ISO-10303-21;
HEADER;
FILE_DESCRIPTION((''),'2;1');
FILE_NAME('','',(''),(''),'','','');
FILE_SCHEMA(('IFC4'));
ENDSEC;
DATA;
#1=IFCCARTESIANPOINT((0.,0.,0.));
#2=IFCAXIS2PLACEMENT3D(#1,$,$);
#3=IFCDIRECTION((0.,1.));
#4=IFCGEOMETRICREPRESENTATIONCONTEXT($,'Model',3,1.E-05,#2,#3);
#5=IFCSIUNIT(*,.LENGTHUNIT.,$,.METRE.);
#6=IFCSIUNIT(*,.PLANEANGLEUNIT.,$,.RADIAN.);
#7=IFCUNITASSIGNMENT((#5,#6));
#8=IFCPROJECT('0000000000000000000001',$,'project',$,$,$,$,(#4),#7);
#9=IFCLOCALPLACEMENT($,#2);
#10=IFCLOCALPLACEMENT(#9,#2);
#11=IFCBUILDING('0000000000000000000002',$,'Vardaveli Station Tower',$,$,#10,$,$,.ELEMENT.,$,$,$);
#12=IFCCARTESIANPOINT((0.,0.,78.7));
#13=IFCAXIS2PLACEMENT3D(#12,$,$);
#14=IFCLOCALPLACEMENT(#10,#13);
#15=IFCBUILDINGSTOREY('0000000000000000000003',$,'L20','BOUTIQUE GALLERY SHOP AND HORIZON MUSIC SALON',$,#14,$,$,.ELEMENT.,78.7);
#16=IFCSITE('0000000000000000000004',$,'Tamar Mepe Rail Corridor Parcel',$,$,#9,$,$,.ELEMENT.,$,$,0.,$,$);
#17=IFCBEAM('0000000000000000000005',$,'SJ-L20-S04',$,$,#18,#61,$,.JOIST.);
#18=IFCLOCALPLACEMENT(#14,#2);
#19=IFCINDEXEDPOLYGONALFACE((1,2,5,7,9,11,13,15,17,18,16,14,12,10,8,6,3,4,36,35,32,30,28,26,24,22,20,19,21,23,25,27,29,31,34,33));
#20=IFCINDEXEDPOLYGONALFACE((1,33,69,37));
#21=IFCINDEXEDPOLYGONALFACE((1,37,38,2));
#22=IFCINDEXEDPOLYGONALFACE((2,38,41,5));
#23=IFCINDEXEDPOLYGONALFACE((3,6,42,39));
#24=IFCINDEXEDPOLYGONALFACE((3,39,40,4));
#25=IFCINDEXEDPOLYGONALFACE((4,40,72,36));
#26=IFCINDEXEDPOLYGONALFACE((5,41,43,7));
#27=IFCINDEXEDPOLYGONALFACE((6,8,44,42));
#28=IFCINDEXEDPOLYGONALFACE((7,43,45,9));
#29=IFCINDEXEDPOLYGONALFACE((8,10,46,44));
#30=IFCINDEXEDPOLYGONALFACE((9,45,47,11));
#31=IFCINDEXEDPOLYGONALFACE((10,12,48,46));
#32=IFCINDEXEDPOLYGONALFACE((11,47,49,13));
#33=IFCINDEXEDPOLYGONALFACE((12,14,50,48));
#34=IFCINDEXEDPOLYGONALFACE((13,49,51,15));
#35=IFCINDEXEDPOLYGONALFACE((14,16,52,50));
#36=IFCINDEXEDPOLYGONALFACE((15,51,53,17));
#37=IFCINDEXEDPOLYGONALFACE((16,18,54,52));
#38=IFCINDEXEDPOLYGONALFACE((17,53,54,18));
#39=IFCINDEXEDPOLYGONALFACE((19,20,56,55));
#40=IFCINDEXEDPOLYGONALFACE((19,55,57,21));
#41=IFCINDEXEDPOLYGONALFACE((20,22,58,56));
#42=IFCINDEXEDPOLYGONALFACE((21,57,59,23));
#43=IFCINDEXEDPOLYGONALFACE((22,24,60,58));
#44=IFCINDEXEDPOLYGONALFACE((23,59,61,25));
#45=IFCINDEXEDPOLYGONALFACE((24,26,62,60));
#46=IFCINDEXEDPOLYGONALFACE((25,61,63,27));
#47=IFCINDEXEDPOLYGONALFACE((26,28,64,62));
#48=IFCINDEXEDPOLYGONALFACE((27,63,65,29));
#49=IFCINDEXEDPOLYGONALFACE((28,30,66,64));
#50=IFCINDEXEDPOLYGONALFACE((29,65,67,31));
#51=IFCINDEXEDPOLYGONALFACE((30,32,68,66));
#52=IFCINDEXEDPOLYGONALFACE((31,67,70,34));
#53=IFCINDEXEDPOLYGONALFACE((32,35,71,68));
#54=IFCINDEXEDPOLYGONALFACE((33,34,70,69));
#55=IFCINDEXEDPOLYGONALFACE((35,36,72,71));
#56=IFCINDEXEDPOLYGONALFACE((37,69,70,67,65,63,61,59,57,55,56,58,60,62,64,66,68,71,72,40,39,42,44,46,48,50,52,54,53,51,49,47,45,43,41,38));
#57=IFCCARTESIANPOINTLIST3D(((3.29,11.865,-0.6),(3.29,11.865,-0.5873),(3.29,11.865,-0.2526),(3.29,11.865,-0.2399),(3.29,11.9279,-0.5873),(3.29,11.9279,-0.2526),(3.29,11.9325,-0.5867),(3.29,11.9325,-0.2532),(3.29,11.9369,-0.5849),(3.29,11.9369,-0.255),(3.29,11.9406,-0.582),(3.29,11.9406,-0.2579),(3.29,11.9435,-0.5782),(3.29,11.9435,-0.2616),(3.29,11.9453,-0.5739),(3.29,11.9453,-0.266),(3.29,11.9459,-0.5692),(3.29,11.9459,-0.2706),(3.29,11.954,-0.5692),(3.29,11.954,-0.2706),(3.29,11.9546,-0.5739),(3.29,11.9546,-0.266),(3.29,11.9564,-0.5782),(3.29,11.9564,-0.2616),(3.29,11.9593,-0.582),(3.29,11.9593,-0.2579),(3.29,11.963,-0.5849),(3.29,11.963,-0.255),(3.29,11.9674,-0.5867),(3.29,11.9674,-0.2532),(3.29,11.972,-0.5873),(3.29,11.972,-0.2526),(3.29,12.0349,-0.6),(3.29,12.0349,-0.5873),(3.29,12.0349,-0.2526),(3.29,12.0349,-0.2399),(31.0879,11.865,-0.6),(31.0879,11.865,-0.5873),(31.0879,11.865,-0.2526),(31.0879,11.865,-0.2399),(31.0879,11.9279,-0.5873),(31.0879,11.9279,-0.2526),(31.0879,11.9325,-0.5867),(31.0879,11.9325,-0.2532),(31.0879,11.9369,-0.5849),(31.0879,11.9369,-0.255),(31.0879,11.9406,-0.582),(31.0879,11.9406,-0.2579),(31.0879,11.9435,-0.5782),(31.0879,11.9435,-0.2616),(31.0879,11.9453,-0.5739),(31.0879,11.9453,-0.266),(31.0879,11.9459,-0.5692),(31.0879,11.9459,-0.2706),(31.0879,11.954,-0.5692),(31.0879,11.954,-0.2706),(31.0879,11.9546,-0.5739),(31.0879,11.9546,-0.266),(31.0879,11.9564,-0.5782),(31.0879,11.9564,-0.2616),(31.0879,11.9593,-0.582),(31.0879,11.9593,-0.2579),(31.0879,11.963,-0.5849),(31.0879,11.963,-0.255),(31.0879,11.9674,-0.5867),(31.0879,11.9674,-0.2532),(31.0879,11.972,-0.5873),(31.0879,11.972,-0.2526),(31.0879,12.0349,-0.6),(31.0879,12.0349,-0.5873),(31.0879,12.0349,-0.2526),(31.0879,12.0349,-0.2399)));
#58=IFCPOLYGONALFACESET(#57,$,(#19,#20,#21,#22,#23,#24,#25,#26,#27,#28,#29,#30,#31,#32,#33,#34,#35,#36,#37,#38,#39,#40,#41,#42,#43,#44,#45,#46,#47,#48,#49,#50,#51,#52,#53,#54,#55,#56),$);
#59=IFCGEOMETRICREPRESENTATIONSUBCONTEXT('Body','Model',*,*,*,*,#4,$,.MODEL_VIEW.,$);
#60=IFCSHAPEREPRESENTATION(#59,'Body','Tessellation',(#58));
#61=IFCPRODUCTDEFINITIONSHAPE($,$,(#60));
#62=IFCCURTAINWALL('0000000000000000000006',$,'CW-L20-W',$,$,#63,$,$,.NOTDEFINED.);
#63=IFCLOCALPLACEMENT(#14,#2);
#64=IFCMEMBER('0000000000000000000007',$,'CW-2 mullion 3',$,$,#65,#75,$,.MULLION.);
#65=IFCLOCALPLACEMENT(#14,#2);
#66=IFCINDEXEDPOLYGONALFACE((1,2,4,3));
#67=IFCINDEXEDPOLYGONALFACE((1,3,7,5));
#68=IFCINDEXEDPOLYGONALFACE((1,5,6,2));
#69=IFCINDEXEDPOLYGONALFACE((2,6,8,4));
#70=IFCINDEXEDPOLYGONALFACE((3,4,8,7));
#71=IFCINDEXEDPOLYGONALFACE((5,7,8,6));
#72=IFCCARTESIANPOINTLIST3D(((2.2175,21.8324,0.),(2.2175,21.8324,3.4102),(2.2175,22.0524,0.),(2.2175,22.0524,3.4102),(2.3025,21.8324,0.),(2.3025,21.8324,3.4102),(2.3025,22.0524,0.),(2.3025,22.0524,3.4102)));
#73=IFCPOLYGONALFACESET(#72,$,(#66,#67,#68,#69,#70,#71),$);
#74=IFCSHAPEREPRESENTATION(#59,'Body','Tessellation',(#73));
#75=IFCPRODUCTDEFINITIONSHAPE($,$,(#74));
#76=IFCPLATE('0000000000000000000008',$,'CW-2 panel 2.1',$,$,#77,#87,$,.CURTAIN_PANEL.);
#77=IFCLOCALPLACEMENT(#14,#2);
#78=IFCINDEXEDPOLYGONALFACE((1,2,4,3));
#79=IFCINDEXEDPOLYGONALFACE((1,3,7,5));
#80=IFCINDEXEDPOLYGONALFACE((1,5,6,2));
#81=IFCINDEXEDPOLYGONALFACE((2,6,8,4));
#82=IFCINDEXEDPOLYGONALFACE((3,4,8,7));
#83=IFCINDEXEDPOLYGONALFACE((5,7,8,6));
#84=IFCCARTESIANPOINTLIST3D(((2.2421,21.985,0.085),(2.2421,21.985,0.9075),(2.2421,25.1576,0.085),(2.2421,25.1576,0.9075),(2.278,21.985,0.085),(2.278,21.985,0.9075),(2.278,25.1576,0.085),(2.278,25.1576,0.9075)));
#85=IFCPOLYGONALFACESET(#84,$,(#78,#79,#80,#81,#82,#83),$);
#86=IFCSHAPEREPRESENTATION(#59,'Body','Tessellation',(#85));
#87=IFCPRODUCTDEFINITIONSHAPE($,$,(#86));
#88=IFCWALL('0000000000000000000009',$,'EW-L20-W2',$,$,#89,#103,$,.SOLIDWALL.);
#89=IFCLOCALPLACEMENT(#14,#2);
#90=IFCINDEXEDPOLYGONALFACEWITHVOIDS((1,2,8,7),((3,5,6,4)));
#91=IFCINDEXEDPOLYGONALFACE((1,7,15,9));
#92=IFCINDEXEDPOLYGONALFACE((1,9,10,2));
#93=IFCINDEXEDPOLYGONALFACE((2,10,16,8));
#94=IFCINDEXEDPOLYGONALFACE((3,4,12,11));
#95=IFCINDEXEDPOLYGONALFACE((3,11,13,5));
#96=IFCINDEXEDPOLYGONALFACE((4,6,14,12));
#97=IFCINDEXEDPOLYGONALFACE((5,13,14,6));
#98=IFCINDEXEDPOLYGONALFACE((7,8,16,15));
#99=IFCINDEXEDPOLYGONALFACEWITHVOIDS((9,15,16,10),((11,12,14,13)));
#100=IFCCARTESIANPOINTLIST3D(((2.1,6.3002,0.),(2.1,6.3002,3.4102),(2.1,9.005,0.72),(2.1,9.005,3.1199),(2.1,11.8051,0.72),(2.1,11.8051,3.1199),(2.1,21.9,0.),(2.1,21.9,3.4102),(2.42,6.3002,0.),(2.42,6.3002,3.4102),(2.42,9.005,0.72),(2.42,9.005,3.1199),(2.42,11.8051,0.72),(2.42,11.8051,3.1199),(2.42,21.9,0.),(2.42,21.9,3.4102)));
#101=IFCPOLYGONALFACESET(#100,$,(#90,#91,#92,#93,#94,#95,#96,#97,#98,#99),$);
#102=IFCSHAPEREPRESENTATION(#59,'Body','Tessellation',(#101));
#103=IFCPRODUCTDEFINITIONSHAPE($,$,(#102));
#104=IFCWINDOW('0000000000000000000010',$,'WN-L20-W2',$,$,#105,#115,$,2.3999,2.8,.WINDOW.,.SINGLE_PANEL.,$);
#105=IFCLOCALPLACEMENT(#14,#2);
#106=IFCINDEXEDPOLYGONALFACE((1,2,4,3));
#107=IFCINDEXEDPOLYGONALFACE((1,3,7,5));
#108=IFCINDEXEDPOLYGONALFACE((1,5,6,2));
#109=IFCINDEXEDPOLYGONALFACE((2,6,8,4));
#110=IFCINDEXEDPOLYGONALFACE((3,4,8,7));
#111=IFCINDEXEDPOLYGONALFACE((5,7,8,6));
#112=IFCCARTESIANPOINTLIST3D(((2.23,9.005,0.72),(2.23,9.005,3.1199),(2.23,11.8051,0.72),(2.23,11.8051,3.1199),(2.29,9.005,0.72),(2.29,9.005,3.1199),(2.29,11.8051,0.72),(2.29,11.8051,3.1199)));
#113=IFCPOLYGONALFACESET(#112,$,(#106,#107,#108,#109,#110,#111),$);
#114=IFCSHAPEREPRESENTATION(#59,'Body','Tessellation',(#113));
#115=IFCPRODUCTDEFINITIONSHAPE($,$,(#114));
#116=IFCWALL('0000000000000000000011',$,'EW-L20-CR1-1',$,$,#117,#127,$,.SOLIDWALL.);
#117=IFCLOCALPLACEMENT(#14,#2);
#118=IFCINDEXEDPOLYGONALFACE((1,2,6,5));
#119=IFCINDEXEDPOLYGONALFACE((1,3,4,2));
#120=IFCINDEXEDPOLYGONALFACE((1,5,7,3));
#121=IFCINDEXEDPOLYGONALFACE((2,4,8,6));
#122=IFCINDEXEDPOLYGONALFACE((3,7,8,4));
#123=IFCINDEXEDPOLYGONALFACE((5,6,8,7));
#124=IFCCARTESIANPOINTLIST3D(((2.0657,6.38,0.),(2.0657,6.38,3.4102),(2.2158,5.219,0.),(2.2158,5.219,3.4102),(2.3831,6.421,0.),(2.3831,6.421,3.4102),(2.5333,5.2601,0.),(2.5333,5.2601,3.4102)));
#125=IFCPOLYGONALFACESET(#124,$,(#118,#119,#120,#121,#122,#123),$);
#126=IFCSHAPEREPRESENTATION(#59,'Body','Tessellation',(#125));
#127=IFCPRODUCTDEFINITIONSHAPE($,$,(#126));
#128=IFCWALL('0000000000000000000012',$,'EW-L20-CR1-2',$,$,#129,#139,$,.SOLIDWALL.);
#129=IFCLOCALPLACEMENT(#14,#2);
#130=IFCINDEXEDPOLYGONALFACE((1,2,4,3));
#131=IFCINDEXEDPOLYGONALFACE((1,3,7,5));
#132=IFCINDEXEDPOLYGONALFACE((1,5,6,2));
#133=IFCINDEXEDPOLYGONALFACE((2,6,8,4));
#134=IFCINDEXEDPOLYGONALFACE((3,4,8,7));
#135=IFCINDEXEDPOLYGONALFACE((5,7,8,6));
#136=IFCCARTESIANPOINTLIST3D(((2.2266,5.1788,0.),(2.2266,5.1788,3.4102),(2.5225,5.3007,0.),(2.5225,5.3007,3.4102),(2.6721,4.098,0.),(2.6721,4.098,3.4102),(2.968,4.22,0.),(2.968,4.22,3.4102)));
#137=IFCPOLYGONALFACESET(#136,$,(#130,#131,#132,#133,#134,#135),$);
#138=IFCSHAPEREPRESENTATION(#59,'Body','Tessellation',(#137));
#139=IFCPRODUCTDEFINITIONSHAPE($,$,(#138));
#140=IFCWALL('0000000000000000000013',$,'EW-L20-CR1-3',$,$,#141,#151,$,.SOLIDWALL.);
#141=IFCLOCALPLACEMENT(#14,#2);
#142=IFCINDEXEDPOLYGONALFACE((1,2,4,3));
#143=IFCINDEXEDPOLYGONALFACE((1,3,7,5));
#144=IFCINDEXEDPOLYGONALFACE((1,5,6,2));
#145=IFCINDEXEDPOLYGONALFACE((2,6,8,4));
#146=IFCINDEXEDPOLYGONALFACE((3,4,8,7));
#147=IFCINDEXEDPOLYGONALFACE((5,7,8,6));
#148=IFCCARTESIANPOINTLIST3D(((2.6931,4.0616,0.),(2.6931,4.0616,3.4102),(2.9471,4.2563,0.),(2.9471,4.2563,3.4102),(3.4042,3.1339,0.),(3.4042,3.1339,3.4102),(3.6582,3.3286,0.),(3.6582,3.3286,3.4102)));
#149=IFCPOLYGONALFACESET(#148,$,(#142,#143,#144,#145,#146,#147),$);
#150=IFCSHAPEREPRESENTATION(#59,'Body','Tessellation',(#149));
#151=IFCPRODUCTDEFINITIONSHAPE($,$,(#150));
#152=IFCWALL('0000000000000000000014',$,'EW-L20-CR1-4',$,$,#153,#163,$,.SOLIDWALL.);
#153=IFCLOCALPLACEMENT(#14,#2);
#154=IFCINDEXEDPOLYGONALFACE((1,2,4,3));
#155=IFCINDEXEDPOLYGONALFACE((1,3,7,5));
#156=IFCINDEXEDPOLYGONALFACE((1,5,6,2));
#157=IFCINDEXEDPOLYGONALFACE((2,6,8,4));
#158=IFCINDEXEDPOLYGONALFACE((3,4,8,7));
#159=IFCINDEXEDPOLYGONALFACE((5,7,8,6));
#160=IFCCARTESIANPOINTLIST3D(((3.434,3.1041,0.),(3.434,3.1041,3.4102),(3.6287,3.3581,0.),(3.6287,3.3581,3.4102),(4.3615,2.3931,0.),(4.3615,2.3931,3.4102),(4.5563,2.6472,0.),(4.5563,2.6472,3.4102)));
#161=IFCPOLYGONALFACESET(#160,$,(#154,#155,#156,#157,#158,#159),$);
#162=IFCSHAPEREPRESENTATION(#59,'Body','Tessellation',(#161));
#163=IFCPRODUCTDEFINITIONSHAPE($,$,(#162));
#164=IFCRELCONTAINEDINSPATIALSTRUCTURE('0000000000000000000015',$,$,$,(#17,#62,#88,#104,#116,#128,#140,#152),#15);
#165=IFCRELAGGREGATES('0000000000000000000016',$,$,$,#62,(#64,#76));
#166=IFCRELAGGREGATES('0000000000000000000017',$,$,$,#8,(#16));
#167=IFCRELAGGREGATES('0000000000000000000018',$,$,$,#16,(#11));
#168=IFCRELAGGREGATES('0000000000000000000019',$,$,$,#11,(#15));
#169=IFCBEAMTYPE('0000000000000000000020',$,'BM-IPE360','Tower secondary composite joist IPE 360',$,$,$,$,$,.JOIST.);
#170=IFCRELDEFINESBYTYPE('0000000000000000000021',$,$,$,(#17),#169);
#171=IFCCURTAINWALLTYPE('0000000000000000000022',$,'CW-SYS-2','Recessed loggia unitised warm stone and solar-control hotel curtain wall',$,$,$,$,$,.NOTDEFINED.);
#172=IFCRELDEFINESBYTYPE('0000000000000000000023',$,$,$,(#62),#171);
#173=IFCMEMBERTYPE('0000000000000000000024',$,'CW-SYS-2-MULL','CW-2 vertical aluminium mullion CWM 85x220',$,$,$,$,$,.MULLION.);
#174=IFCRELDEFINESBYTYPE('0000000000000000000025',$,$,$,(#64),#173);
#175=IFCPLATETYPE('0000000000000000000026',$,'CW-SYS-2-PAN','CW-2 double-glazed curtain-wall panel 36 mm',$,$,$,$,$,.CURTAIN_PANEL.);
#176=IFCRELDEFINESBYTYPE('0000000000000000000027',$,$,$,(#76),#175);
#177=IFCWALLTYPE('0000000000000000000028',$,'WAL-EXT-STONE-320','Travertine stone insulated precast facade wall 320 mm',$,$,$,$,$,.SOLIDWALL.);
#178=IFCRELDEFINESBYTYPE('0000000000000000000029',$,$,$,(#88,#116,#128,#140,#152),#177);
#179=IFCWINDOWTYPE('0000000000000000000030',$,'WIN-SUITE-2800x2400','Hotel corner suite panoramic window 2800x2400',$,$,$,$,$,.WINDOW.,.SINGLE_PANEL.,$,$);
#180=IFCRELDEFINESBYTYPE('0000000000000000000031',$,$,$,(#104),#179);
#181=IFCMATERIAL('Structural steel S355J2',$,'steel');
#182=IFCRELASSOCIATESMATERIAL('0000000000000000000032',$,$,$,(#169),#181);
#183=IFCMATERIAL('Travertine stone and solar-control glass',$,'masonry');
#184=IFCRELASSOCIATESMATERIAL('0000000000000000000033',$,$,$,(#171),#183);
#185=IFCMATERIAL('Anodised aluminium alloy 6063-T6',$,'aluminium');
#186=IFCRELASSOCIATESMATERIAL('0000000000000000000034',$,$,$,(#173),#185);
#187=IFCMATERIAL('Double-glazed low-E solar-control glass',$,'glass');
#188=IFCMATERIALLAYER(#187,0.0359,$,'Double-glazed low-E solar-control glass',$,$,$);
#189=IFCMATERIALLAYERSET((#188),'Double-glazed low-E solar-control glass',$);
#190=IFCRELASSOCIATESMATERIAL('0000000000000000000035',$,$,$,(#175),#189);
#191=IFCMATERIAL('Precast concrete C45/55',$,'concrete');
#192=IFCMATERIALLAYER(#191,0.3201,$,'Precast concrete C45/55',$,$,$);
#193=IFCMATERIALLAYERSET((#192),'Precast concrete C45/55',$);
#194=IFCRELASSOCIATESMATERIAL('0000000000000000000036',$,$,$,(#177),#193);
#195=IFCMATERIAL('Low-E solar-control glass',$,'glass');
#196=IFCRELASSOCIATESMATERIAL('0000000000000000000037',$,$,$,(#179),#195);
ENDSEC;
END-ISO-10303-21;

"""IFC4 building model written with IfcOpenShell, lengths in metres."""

from ifc_helpers import new_model, si_unit, direction, frame, frame_2d, origin, origin_2d, place, context, subcontext, project, spatial, rectangle, i_section, extrude, source, transform, mapped, material, layer, layer_set, material_profile, profile_set, type_object, element, fill, aggregate, save


model = new_model("IFC4")

# Units and contexts
model_context = context("Model", 3, precision=1e-05, world=origin(), true_north=direction((0.0, 1.0)))
body_context = subcontext(model_context, "Body", "Model", "MODEL_VIEW")
ifc_project = project(units=[si_unit("LENGTHUNIT", "METRE"), si_unit("PLANEANGLEUNIT", "RADIAN")], contexts=[model_context])

# Site, building, storey
site_placement = place(None, origin())
site = spatial("IfcSite", under=ifc_project, at=site_placement, Name="Tamar Mepe Rail Corridor Parcel", CompositionType="ELEMENT", RefElevation=0.0)
building_placement = place(site_placement, origin())
building = spatial("IfcBuilding", under=site, at=building_placement, Name="Vardaveli Station Tower", CompositionType="ELEMENT")
storey_placement = place(building_placement, frame((0.0, 0.0, 78.7)))
storey = spatial("IfcBuildingStorey", under=building, at=storey_placement, Name="L20", Description="BOUTIQUE GALLERY SHOP AND HORIZON MUSIC SALON", CompositionType="ELEMENT", Elevation=78.7)

# Beam
ifc_material_1 = material(Name="Precast concrete C45/55", Category="concrete")
ifc_material_2 = material(Name="Structural steel S355J2", Category="steel")
ifc_material_profile_1 = material_profile(ifc_material_2, i_section(OverallWidth=0.1699, OverallDepth=0.3601, WebThickness=0.0081, FlangeThickness=0.0127, FilletRadius=0.0181, at=origin_2d()), Name="IPE 360")
ifc_profile_set_1 = profile_set([ifc_material_profile_1], Name="Structural steel S355J2")
beam_type_1 = type_object("IfcBeamType", Name="BM-IPE360", Description="Tower secondary composite joist IPE 360", PredefinedType="JOIST", material=ifc_profile_set_1)
shared_shape_1 = source(origin(), body_context, "Body", "SweptSolid", [
    extrude(i_section(OverallWidth=0.1699, OverallDepth=0.3601, WebThickness=0.0081, FlangeThickness=0.0127, FilletRadius=0.0181, at=origin_2d()), origin(), (0.0, 0.0, 1.0), 27.7979),
])
for number, where, z_axis, x_axis, name in (
    (1, (3.29, 11.95, -0.4199), (1.0, 0.0, 0.0), (0.0, 1.0, 0.0), "SJ-L20-S04"),
):
    element("IfcBeam", number, at=place(storey_placement, frame(where, z_axis=z_axis, x_axis=x_axis)), inside=storey, type_object=beam_type_1, Name=name, PredefinedType="JOIST", context=body_context, shape_type="MappedRepresentation", body=[
        mapped(shared_shape_1, transform((0.0, 0.0, 0.0), scale=1.0)),
    ])

# Curtain wall, member, plate
ifc_material_3 = material(Name="Travertine stone and solar-control glass", Category="masonry")
curtain_wall_type = type_object("IfcCurtainWallType", Name="CW-SYS-2", Description="Recessed loggia unitised warm stone and solar-control hotel curtain wall", PredefinedType="NOTDEFINED", material=ifc_material_3)
curtain_wall_placement = place(storey_placement, origin())
curtain_wall = element("IfcCurtainWall", 2, at=curtain_wall_placement, inside=storey, type_object=curtain_wall_type, Name="CW-L20-W", PredefinedType="NOTDEFINED")
ifc_material_4 = material(Name="Anodised aluminium alloy 6063-T6", Category="aluminium")
ifc_material_profile_2 = material_profile(ifc_material_4, rectangle(XDim=0.085, YDim=0.22, at=origin_2d()), Name="CWM 85x220")
ifc_profile_set_2 = profile_set([ifc_material_profile_2], Name="Anodised aluminium alloy 6063-T6")
member_type = type_object("IfcMemberType", Name="CW-SYS-2-MULL", Description="CW-2 vertical aluminium mullion CWM 85x220", PredefinedType="MULLION", material=ifc_profile_set_2)
shared_shape_2 = source(origin(), body_context, "Body", "SweptSolid", [
    extrude(rectangle(XDim=0.085, YDim=0.22, at=origin_2d()), origin(), (0.0, 0.0, 1.0), 3.4102),
])
member_placement = place(storey_placement, frame((2.26, 21.9424, 0.0), z_axis=(0.0, 0.0, 1.0), x_axis=(1.0, 0.0, 0.0)))
member = element("IfcMember", 3, at=member_placement, type_object=member_type, Name="CW-2 mullion 3", PredefinedType="MULLION", context=body_context, shape_type="MappedRepresentation", body=[
    mapped(shared_shape_2, transform((0.0, 0.0, 0.0), scale=1.0)),
])
ifc_material_5 = material(Name="Double-glazed low-E solar-control glass", Category="glass")
ifc_layer_1 = layer(ifc_material_5, 0.0359, Name="Double-glazed low-E solar-control glass")
ifc_layer_set_1 = layer_set([ifc_layer_1], Name="Double-glazed low-E solar-control glass")
plate_type = type_object("IfcPlateType", Name="CW-SYS-2-PAN", Description="CW-2 double-glazed curtain-wall panel 36 mm", PredefinedType="CURTAIN_PANEL", material=ifc_layer_set_1)
shared_shape_3 = source(origin(), body_context, "Body", "SweptSolid", [
    extrude(rectangle(XDim=3.1726, YDim=0.0359, at=origin_2d()), origin(), (0.0, 0.0, 1.0), 0.8225),
])
plate_placement = place(storey_placement, frame((2.26, 23.5713, 0.085), z_axis=(0.0, 0.0, 1.0), x_axis=(0.0, -1.0, 0.0)))
plate = element("IfcPlate", 4, at=plate_placement, type_object=plate_type, Name="CW-2 panel 2.1", PredefinedType="CURTAIN_PANEL", context=body_context, shape_type="MappedRepresentation", body=[
    mapped(shared_shape_3, transform((0.0, 0.0, 0.0), scale=1.0)),
])
aggregate(curtain_wall, [member, plate])

# Wall, opening, window
ifc_layer_2 = layer(ifc_material_1, 0.3201, Name="Precast concrete C45/55")
ifc_layer_set_2 = layer_set([ifc_layer_2], Name="Precast concrete C45/55")
wall_type_1 = type_object("IfcWallType", Name="WAL-EXT-STONE-320", Description="Travertine stone insulated precast facade wall 320 mm", PredefinedType="SOLIDWALL", material=ifc_layer_set_2)
shared_shape_4 = source(origin(), body_context, "Body", "SweptSolid", [
    extrude(rectangle(XDim=15.5999, YDim=0.3201, at=frame_2d((7.7998, 0.0))), origin(), (0.0, 0.0, 1.0), 3.4102),
])
wall_1_placement = place(storey_placement, frame((2.26, 21.8999, 0.0), z_axis=(0.0, 0.0, 1.0), x_axis=(0.0, -1.0, 0.0)))
wall_1 = element("IfcWall", 5, at=wall_1_placement, inside=storey, type_object=wall_type_1, Name="EW-L20-W2", PredefinedType="SOLIDWALL", context=body_context, shape_type="MappedRepresentation", body=[
    mapped(shared_shape_4, transform((0.0, 0.0, 0.0), scale=1.0)),
])
shared_shape_5 = source(origin(), body_context, "Body", "SweptSolid", [
    extrude(rectangle(XDim=2.8, YDim=2.3999, at=frame_2d((1.3999, 1.2))), frame((0.0, 0.1699, 0.0), z_axis=(0.0, -1.0, 0.0), x_axis=(1.0, 0.0, 0.0)), (0.0, 0.0, 1.0), 0.3401),
])
opening_1_placement = place(wall_1_placement, frame((10.095, 0.0, 0.72)))
opening_1 = element("IfcOpeningElement", 6, at=opening_1_placement, cuts=wall_1, PredefinedType="OPENING", context=body_context, shape_type="MappedRepresentation", body=[
    mapped(shared_shape_5, transform((0.0, 0.0, 0.0), scale=1.0)),
])
ifc_material_6 = material(Name="Low-E solar-control glass", Category="glass")
window_type = type_object("IfcWindowType", Name="WIN-SUITE-2800x2400", Description="Hotel corner suite panoramic window 2800x2400", PartitioningType="SINGLE_PANEL", PredefinedType="WINDOW", material=ifc_material_6)
shared_shape_6 = source(origin(), body_context, "Body", "SweptSolid", [
    extrude(rectangle(XDim=2.8, YDim=2.3999, at=frame_2d((1.3999, 1.2))), frame((0.0, 0.03, 0.0), z_axis=(0.0, -1.0, 0.0), x_axis=(1.0, 0.0, 0.0)), (0.0, 0.0, 1.0), 0.0601),
])
window_placement = place(opening_1_placement, origin())
window = element("IfcWindow", 7, at=window_placement, inside=storey, type_object=window_type, Name="WN-L20-W2", OverallHeight=2.3999, OverallWidth=2.8, PartitioningType="SINGLE_PANEL", PredefinedType="WINDOW", context=body_context, shape_type="MappedRepresentation", body=[
    mapped(shared_shape_6, transform((0.0, 0.0, 0.0), scale=1.0)),
])
fill(opening_1, window)

# Walls
shared_shape_7 = source(origin(), body_context, "Body", "SweptSolid", [
    extrude(rectangle(XDim=1.1707, YDim=0.3201, at=frame_2d((0.5854, 0.0))), origin(), (0.0, 0.0, 1.0), 3.4102),
])
wall_2_placement = place(storey_placement, frame((2.2244, 6.4006, 0.0), z_axis=(0.0, 0.0, 1.0), x_axis=(0.128269, -0.991739, 0.0)))
element("IfcWall", 8, at=wall_2_placement, inside=storey, type_object=wall_type_1, Name="EW-L20-CR1-1", PredefinedType="SOLIDWALL", context=body_context, shape_type="MappedRepresentation", body=[
    mapped(shared_shape_7, transform((0.0, 0.0, 0.0), scale=1.0)),
])
shared_shape_8 = source(origin(), body_context, "Body", "SweptSolid", [
    extrude(rectangle(XDim=1.1689, YDim=0.3201, at=frame_2d((0.5845, 0.0))), origin(), (0.0, 0.0, 1.0), 3.4102),
])
for number, where, z_axis, x_axis, name in (
    (9, (2.3745, 5.2397, 0.0), (0.0, 0.0, 1.0), (0.381128, -0.924522, 0.0), "EW-L20-CR1-2"),
    (10, (2.8201, 4.1589, 0.0), (0.0, 0.0, 1.0), (0.608388, -0.79364, 0.0), "EW-L20-CR1-3"),
):
    element("IfcWall", number, at=place(storey_placement, frame(where, z_axis=z_axis, x_axis=x_axis)), inside=storey, type_object=wall_type_1, Name=name, PredefinedType="SOLIDWALL", context=body_context, shape_type="MappedRepresentation", body=[
        mapped(shared_shape_8, transform((0.0, 0.0, 0.0), scale=1.0)),
    ])
shared_shape_9 = source(origin(), body_context, "Body", "SweptSolid", [
    extrude(rectangle(XDim=1.1687, YDim=0.3201, at=frame_2d((0.5845, 0.0))), origin(), (0.0, 0.0, 1.0), 3.4102),
])
wall_3_placement = place(storey_placement, frame((3.5312, 3.2312, 0.0), z_axis=(0.0, 0.0, 1.0), x_axis=(0.793664, -0.608357, 0.0)))
element("IfcWall", 11, at=wall_3_placement, inside=storey, type_object=wall_type_1, Name="EW-L20-CR1-4", PredefinedType="SOLIDWALL", context=body_context, shape_type="MappedRepresentation", body=[
    mapped(shared_shape_9, transform((0.0, 0.0, 0.0), scale=1.0)),
])

save(model, "model.ifc")
